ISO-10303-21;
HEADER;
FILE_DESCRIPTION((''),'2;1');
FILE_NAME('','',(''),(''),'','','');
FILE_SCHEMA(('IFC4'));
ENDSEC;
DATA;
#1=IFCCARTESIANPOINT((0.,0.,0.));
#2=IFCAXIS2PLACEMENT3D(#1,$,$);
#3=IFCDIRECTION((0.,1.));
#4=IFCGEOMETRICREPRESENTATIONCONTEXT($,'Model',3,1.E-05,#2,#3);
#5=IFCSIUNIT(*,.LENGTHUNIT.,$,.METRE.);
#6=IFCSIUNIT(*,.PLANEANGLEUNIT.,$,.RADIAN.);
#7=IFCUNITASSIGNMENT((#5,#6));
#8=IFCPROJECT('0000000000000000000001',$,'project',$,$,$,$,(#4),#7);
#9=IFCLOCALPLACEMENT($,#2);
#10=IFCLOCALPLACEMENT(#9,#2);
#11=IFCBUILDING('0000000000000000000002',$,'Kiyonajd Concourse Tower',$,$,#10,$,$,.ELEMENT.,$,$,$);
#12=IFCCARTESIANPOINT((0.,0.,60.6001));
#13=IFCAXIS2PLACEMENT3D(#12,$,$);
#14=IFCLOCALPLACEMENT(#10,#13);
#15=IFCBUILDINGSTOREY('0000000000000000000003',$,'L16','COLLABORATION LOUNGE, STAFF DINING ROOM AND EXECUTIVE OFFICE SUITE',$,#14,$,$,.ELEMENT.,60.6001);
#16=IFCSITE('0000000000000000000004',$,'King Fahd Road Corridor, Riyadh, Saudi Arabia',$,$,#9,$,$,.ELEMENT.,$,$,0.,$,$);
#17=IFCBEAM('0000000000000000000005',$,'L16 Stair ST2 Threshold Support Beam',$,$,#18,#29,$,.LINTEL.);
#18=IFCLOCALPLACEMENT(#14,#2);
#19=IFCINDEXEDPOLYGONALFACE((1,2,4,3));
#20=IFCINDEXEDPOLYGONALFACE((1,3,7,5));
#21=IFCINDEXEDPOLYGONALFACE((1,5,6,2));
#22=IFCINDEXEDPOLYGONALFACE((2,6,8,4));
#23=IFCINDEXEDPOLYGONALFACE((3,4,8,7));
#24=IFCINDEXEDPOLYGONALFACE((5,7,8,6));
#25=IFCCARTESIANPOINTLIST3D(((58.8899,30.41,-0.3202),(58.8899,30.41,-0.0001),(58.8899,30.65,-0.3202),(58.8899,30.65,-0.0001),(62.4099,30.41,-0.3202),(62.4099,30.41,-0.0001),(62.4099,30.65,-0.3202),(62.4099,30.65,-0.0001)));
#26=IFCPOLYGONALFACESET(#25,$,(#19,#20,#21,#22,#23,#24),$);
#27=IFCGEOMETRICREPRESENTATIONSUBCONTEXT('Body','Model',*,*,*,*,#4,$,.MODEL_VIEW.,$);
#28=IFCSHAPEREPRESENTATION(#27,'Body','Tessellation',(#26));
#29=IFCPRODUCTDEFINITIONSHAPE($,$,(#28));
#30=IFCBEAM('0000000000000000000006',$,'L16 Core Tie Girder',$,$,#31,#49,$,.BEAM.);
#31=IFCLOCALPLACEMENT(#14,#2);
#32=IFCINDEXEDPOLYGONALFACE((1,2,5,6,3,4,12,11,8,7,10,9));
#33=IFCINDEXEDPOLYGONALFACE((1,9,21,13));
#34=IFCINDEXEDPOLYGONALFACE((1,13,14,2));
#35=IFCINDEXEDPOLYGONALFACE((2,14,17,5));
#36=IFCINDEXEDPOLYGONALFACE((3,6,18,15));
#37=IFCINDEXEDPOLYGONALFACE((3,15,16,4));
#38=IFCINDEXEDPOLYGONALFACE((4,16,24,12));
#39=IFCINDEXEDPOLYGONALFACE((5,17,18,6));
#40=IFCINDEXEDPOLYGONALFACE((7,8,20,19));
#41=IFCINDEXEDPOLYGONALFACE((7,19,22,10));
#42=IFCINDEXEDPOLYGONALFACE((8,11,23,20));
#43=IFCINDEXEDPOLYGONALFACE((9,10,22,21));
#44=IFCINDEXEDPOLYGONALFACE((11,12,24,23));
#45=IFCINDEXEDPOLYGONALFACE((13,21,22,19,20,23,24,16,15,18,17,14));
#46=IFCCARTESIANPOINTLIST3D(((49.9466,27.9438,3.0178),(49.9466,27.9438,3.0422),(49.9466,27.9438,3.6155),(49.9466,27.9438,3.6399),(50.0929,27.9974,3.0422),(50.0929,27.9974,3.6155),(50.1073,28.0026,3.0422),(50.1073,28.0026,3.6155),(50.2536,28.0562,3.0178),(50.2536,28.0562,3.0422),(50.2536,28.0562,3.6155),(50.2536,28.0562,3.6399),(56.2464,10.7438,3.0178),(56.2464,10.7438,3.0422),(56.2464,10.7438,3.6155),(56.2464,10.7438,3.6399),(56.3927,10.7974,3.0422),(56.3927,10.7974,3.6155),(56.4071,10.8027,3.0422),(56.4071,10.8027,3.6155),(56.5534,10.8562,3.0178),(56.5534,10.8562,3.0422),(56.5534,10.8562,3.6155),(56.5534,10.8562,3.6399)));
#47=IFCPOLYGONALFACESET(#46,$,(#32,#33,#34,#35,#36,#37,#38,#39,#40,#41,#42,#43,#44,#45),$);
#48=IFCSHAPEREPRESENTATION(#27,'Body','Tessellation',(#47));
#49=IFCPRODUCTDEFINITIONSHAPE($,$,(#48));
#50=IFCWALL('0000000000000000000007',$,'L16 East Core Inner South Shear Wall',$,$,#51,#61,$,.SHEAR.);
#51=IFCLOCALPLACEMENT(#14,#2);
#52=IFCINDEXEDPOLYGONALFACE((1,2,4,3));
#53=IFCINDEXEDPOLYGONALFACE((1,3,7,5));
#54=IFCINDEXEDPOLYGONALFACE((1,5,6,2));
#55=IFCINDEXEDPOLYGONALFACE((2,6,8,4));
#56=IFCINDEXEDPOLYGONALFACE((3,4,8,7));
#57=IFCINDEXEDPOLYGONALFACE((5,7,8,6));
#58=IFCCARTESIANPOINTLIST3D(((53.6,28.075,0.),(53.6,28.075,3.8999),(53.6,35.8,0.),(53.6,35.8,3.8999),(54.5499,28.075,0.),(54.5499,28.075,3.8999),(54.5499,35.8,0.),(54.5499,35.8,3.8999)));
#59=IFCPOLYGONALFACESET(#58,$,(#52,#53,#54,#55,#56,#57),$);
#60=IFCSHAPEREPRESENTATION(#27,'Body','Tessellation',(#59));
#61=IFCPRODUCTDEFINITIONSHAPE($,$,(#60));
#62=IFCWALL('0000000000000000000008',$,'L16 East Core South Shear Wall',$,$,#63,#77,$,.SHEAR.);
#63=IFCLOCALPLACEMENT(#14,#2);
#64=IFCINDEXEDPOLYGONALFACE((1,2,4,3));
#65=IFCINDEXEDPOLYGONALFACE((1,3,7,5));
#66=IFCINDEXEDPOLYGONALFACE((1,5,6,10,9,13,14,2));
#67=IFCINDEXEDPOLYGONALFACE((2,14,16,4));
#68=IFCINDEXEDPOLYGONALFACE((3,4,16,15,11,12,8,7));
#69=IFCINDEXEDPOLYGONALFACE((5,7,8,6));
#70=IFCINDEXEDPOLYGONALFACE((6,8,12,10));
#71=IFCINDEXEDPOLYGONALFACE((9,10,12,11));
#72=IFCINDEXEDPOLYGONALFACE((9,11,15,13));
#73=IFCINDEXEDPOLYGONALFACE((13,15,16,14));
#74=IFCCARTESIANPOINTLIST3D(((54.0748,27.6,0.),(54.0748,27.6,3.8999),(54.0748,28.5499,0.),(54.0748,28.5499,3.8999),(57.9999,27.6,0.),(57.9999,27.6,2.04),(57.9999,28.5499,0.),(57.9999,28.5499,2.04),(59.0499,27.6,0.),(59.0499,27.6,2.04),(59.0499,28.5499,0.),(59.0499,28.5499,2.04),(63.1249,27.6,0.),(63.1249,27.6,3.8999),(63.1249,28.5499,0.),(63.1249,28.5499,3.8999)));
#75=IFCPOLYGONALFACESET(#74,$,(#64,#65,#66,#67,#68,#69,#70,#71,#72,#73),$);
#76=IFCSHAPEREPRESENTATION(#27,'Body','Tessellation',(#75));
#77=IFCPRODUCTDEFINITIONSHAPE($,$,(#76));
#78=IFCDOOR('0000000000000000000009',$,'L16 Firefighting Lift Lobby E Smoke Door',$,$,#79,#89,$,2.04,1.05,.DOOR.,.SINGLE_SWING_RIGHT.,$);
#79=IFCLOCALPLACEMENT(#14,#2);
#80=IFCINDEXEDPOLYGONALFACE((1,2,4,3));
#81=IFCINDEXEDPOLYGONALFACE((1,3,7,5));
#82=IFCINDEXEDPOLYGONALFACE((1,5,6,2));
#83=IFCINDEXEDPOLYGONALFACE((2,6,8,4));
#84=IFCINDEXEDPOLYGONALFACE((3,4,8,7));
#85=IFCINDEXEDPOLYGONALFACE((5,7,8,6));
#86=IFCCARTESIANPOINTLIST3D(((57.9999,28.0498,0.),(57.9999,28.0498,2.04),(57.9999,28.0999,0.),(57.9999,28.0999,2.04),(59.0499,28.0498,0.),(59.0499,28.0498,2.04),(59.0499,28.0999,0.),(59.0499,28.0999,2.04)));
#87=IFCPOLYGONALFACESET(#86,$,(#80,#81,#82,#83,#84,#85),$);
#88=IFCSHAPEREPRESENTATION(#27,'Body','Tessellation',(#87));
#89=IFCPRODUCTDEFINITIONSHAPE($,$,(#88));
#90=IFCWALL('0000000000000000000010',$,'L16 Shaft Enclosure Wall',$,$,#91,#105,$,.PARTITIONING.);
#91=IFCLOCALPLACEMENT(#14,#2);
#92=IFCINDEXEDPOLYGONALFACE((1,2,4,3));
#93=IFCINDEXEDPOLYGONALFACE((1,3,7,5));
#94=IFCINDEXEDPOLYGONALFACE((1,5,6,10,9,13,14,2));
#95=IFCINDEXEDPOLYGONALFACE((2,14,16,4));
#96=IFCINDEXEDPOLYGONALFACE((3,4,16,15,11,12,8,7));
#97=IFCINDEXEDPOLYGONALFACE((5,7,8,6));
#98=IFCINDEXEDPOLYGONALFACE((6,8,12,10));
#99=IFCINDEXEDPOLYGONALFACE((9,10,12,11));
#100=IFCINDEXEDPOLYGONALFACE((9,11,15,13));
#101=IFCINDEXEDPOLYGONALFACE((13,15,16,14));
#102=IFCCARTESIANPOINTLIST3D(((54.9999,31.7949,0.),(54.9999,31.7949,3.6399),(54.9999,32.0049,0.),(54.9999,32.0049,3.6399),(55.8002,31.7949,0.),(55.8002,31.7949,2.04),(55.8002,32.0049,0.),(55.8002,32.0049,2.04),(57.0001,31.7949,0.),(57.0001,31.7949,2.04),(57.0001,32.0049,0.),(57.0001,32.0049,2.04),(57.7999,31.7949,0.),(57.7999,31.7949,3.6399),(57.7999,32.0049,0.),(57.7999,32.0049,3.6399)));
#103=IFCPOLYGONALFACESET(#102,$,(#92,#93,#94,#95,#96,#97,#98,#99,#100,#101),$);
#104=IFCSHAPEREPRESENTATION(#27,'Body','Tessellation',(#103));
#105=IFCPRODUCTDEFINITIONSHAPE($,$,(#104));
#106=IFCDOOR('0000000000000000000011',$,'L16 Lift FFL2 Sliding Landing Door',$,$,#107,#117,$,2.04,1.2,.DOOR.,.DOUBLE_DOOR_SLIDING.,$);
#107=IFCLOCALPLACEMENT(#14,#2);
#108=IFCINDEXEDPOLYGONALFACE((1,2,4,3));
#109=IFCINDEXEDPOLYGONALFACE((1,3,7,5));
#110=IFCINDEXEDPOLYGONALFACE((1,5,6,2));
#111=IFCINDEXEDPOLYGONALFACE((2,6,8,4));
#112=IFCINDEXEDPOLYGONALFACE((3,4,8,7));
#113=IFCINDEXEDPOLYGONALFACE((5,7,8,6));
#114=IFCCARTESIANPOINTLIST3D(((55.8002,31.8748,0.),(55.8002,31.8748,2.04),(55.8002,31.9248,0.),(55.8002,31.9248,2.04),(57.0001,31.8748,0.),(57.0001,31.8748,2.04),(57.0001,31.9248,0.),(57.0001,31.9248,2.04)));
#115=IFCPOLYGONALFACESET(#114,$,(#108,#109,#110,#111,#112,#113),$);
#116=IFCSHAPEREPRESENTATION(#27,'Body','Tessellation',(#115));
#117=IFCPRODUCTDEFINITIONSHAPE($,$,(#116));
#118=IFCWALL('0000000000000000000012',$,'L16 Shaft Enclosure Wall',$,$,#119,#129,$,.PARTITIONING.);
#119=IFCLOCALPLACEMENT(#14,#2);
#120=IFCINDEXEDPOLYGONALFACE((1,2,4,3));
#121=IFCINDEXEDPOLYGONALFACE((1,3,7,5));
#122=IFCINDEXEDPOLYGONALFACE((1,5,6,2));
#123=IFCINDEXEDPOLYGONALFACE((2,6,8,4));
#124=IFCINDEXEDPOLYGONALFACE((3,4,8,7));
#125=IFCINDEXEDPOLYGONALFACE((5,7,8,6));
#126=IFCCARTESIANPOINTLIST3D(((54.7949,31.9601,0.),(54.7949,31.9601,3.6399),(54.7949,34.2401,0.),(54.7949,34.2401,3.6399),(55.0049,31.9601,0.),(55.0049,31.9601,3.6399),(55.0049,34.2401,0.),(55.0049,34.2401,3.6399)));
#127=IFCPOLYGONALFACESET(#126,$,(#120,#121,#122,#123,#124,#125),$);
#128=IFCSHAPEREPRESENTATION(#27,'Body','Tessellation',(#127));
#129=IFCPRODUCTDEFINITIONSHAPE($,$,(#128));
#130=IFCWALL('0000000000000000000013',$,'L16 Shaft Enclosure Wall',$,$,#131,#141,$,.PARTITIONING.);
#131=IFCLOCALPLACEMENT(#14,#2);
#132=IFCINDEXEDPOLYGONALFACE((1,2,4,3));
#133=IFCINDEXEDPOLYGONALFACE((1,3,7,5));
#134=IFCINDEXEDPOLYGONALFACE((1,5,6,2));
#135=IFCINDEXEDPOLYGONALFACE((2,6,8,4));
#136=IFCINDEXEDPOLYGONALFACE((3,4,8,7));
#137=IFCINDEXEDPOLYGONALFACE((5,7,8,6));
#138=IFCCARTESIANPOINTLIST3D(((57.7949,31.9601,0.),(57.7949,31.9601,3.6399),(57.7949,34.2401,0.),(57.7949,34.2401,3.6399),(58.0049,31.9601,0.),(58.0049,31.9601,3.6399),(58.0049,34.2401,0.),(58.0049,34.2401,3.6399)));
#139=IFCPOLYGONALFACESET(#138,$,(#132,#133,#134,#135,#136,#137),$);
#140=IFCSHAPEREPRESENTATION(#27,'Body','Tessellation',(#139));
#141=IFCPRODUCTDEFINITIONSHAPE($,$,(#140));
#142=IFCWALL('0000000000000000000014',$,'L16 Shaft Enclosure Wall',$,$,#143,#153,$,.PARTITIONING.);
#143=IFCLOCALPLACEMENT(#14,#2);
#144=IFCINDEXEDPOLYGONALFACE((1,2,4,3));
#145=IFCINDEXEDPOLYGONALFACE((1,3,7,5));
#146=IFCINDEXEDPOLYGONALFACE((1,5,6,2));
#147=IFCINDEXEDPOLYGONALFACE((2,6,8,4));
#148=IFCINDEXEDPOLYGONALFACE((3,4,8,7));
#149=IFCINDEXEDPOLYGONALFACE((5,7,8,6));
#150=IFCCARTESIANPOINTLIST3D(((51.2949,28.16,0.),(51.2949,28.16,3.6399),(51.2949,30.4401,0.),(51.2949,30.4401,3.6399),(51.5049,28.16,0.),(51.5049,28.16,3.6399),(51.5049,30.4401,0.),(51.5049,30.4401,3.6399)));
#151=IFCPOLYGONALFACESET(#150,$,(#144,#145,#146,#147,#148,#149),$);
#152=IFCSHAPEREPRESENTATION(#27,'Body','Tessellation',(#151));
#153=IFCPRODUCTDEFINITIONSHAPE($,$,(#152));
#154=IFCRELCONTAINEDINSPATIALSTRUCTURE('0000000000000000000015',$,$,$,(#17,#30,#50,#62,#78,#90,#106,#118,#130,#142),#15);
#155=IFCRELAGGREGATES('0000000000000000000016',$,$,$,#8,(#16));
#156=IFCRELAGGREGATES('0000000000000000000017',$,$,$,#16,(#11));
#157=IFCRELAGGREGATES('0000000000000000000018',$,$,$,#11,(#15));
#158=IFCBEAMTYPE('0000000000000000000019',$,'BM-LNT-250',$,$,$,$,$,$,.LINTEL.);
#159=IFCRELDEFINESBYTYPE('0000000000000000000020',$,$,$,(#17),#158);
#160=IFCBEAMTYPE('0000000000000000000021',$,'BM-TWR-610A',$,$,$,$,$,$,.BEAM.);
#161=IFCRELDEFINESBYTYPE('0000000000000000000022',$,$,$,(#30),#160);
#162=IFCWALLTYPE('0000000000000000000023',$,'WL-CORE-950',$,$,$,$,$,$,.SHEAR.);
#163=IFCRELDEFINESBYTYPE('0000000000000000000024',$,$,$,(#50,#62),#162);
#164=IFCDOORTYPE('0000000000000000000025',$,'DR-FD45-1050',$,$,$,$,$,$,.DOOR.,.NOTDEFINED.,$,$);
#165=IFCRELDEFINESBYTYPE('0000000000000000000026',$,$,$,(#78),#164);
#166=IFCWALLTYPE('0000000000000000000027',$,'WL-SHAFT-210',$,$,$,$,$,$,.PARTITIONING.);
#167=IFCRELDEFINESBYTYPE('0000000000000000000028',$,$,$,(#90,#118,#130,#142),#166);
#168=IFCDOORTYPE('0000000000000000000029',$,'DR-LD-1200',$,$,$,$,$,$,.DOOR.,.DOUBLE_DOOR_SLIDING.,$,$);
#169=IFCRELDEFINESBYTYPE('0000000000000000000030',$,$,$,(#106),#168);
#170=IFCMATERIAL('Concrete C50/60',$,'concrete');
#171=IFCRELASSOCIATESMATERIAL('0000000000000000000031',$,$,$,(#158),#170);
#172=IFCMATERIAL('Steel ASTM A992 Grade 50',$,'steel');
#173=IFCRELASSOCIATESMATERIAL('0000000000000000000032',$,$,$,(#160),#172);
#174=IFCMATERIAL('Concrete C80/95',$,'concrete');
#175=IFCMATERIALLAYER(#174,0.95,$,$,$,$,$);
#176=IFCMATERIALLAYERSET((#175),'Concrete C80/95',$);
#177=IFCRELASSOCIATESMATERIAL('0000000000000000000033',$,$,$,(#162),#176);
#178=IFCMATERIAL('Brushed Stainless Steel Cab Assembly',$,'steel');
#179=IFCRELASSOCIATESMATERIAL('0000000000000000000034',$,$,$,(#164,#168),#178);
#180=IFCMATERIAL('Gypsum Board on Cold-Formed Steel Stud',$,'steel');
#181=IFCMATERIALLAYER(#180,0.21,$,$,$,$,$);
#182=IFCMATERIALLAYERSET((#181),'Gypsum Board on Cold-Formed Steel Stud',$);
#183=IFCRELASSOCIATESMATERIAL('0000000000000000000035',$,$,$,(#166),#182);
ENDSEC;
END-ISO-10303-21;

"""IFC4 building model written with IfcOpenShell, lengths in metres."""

from ifc_helpers import new_model, si_unit, direction, frame, frame_2d, origin, origin_2d, place, context, subcontext, project, spatial, rectangle, i_section, extrude, material, layer, layer_set, material_profile, profile_set, type_object, element, fill, save


model = new_model("IFC4")

# Units and contexts
model_context = context("Model", 3, precision=1e-05, world=origin(), true_north=direction((0.0, 1.0)))
body_context = subcontext(model_context, "Body", "Model", "MODEL_VIEW")
ifc_project = project(units=[si_unit("LENGTHUNIT", "METRE"), si_unit("PLANEANGLEUNIT", "RADIAN")], contexts=[model_context])

# Site, building, storey
site_placement = place(None, origin())
site = spatial("IfcSite", under=ifc_project, at=site_placement, Name="King Fahd Road Corridor, Riyadh, Saudi Arabia", CompositionType="ELEMENT", RefElevation=0.0)
building_placement = place(site_placement, origin())
building = spatial("IfcBuilding", under=site, at=building_placement, Name="Kiyonajd Concourse Tower", CompositionType="ELEMENT")
storey_placement = place(building_placement, frame((0.0, 0.0, 60.6001)))
storey = spatial("IfcBuildingStorey", under=building, at=storey_placement, Name="L16", Description="COLLABORATION LOUNGE, STAFF DINING ROOM AND EXECUTIVE OFFICE SUITE", CompositionType="ELEMENT", Elevation=60.6001)

# Beams
ifc_material_1 = material(Name="Concrete C50/60", Category="concrete")
ifc_material_profile_1 = material_profile(ifc_material_1, rectangle(XDim=0.24, YDim=0.3201, at=origin_2d()), Name="RCBM-240x320")
ifc_profile_set_1 = profile_set([ifc_material_profile_1], Name="Concrete C50/60")
beam_type_1 = type_object("IfcBeamType", Name="BM-LNT-250", PredefinedType="LINTEL", material=ifc_profile_set_1)
beam_1_placement = place(storey_placement, frame((58.8899, 30.53, -0.1602), z_axis=(1.0, 0.0, 0.0), x_axis=(0.0, 1.0, 0.0)))
element("IfcBeam", 1, at=beam_1_placement, inside=storey, type_object=beam_type_1, Name="L16 Stair ST2 Threshold Support Beam", PredefinedType="LINTEL", context=body_context, shape_type="SweptSolid", body=[
    extrude(rectangle(XDim=0.24, YDim=0.3201, at=origin_2d()), origin(), (0.0, 0.0, 1.0), 3.52),
])
ifc_material_2 = material(Name="Steel ASTM A992 Grade 50", Category="steel")
ifc_material_profile_2 = material_profile(ifc_material_2, i_section(OverallWidth=0.3269, OverallDepth=0.6221, WebThickness=0.0154, FlangeThickness=0.0244, at=origin_2d()), Name="W610X195")
ifc_profile_set_2 = profile_set([ifc_material_profile_2], Name="Steel ASTM A992 Grade 50")
beam_type_2 = type_object("IfcBeamType", Name="BM-TWR-610A", PredefinedType="BEAM", material=ifc_profile_set_2)
beam_2_placement = place(storey_placement, frame((50.1001, 28.0, 3.3289), z_axis=(0.343925, -0.938997, 0.0), x_axis=(0.938997, 0.343925, 0.0)))
element("IfcBeam", 2, at=beam_2_placement, inside=storey, type_object=beam_type_2, Name="L16 Core Tie Girder", PredefinedType="BEAM", context=body_context, shape_type="SweptSolid", body=[
    extrude(i_section(OverallWidth=0.3269, OverallDepth=0.6221, WebThickness=0.0154, FlangeThickness=0.0244, at=origin_2d()), origin(), (0.0, 0.0, 1.0), 18.3174),
])

# Wall
ifc_material_3 = material(Name="Concrete C80/95", Category="concrete")
ifc_layer_1 = layer(ifc_material_3, 0.95)
ifc_layer_set_1 = layer_set([ifc_layer_1], Name="Concrete C80/95")
wall_type_1 = type_object("IfcWallType", Name="WL-CORE-950", PredefinedType="SHEAR", material=ifc_layer_set_1)
wall_1_placement = place(storey_placement, frame((54.075, 28.075, 0.0), z_axis=(0.0, 0.0, 1.0), x_axis=(0.0, 1.0, 0.0)))
element("IfcWall", 3, at=wall_1_placement, inside=storey, type_object=wall_type_1, Name="L16 East Core Inner South Shear Wall", PredefinedType="SHEAR", context=body_context, shape_type="SweptSolid", body=[
    extrude(rectangle(XDim=7.7251, YDim=0.95, at=frame_2d((3.8625, 0.0))), origin(), (0.0, 0.0, 1.0), 3.8999),
])

# Walls, openings, doors
wall_2_placement = place(storey_placement, frame((54.075, 28.075, 0.0), z_axis=(0.0, 0.0, 1.0), x_axis=(1.0, 0.0, 0.0)))
wall_2 = element("IfcWall", 4, at=wall_2_placement, inside=storey, type_object=wall_type_1, Name="L16 East Core South Shear Wall", PredefinedType="SHEAR", context=body_context, shape_type="SweptSolid", body=[
    extrude(rectangle(XDim=9.05, YDim=0.95, at=frame_2d((4.5249, 0.0))), origin(), (0.0, 0.0, 1.0), 3.8999),
])
opening_1_placement = place(wall_2_placement, frame((3.925, 0.0, 0.0)))
opening_1 = element("IfcOpeningElement", 5, at=opening_1_placement, cuts=wall_2, PredefinedType="OPENING", context=body_context, shape_type="SweptSolid", body=[
    extrude(rectangle(XDim=1.05, YDim=2.04, at=frame_2d((0.5249, 1.02))), frame((0.0, 0.4849, 0.0), z_axis=(0.0, -1.0, 0.0), x_axis=(1.0, 0.0, 0.0)), (0.0, 0.0, 1.0), 0.97),
])
ifc_material_4 = material(Name="Brushed Stainless Steel Cab Assembly", Category="steel")
door_type_1 = type_object("IfcDoorType", Name="DR-FD45-1050", OperationType="NOTDEFINED", PredefinedType="DOOR", material=ifc_material_4)
door_1_placement = place(opening_1_placement, origin())
door_1 = element("IfcDoor", 6, at=door_1_placement, inside=storey, type_object=door_type_1, Name="L16 Firefighting Lift Lobby E Smoke Door", OperationType="SINGLE_SWING_RIGHT", OverallHeight=2.04, OverallWidth=1.05, PredefinedType="DOOR", context=body_context, shape_type="SweptSolid", body=[
    extrude(rectangle(XDim=1.05, YDim=2.04, at=frame_2d((0.5249, 1.02))), frame((0.0, 0.0249, 0.0), z_axis=(0.0, -1.0, 0.0), x_axis=(1.0, 0.0, 0.0)), (0.0, 0.0, 1.0), 0.05),
])
fill(opening_1, door_1)
ifc_material_5 = material(Name="Gypsum Board on Cold-Formed Steel Stud", Category="steel")
ifc_layer_2 = layer(ifc_material_5, 0.21)
ifc_layer_set_2 = layer_set([ifc_layer_2], Name="Gypsum Board on Cold-Formed Steel Stud")
wall_type_2 = type_object("IfcWallType", Name="WL-SHAFT-210", PredefinedType="PARTITIONING", material=ifc_layer_set_2)
wall_3_placement = place(storey_placement, frame((55.0, 31.8999, 0.0), z_axis=(0.0, 0.0, 1.0), x_axis=(1.0, 0.0, 0.0)))
wall_3 = element("IfcWall", 7, at=wall_3_placement, inside=storey, type_object=wall_type_2, Name="L16 Shaft Enclosure Wall", PredefinedType="PARTITIONING", context=body_context, shape_type="SweptSolid", body=[
    extrude(rectangle(XDim=2.8, YDim=0.21, at=frame_2d((1.3999, 0.0))), origin(), (0.0, 0.0, 1.0), 3.6399),
])
opening_2_placement = place(wall_3_placement, frame((0.8, 0.0, 0.0)))
opening_2 = element("IfcOpeningElement", 8, at=opening_2_placement, cuts=wall_3, PredefinedType="OPENING", context=body_context, shape_type="SweptSolid", body=[
    extrude(rectangle(XDim=1.2, YDim=2.04, at=frame_2d((0.6001, 1.02))), frame((0.0, 0.115, 0.0), z_axis=(0.0, -1.0, 0.0), x_axis=(1.0, 0.0, 0.0)), (0.0, 0.0, 1.0), 0.23),
])
door_type_2 = type_object("IfcDoorType", Name="DR-LD-1200", OperationType="DOUBLE_DOOR_SLIDING", PredefinedType="DOOR", material=ifc_material_4)
door_2_placement = place(opening_2_placement, origin())
door_2 = element("IfcDoor", 9, at=door_2_placement, inside=storey, type_object=door_type_2, Name="L16 Lift FFL2 Sliding Landing Door", OperationType="DOUBLE_DOOR_SLIDING", OverallHeight=2.04, OverallWidth=1.2, PredefinedType="DOOR", context=body_context, shape_type="SweptSolid", body=[
    extrude(rectangle(XDim=1.2, YDim=2.04, at=frame_2d((0.6001, 1.02))), frame((0.0, 0.0249, 0.0), z_axis=(0.0, -1.0, 0.0), x_axis=(1.0, 0.0, 0.0)), (0.0, 0.0, 1.0), 0.05),
])
fill(opening_2, door_2)

# Walls
for number, where, z_axis, x_axis, name in (
    (10, (54.8999, 31.96, 0.0), (0.0, 0.0, 1.0), (0.0, 1.0, 0.0), "L16 Shaft Enclosure Wall"),
    (11, (57.8999, 31.96, 0.0), (0.0, 0.0, 1.0), (0.0, 1.0, 0.0), "L16 Shaft Enclosure Wall"),
    (12, (51.3999, 28.1599, 0.0), (0.0, 0.0, 1.0), (0.0, 1.0, 0.0), "L16 Shaft Enclosure Wall"),
):
    element("IfcWall", number, at=place(storey_placement, frame(where, z_axis=z_axis, x_axis=x_axis)), inside=storey, type_object=wall_type_2, Name=name, PredefinedType="PARTITIONING", context=body_context, shape_type="SweptSolid", body=[
        extrude(rectangle(XDim=2.28, YDim=0.21, at=frame_2d((1.1401, 0.0))), origin(), (0.0, 0.0, 1.0), 3.6399),
    ])

save(model, "model.ifc")
